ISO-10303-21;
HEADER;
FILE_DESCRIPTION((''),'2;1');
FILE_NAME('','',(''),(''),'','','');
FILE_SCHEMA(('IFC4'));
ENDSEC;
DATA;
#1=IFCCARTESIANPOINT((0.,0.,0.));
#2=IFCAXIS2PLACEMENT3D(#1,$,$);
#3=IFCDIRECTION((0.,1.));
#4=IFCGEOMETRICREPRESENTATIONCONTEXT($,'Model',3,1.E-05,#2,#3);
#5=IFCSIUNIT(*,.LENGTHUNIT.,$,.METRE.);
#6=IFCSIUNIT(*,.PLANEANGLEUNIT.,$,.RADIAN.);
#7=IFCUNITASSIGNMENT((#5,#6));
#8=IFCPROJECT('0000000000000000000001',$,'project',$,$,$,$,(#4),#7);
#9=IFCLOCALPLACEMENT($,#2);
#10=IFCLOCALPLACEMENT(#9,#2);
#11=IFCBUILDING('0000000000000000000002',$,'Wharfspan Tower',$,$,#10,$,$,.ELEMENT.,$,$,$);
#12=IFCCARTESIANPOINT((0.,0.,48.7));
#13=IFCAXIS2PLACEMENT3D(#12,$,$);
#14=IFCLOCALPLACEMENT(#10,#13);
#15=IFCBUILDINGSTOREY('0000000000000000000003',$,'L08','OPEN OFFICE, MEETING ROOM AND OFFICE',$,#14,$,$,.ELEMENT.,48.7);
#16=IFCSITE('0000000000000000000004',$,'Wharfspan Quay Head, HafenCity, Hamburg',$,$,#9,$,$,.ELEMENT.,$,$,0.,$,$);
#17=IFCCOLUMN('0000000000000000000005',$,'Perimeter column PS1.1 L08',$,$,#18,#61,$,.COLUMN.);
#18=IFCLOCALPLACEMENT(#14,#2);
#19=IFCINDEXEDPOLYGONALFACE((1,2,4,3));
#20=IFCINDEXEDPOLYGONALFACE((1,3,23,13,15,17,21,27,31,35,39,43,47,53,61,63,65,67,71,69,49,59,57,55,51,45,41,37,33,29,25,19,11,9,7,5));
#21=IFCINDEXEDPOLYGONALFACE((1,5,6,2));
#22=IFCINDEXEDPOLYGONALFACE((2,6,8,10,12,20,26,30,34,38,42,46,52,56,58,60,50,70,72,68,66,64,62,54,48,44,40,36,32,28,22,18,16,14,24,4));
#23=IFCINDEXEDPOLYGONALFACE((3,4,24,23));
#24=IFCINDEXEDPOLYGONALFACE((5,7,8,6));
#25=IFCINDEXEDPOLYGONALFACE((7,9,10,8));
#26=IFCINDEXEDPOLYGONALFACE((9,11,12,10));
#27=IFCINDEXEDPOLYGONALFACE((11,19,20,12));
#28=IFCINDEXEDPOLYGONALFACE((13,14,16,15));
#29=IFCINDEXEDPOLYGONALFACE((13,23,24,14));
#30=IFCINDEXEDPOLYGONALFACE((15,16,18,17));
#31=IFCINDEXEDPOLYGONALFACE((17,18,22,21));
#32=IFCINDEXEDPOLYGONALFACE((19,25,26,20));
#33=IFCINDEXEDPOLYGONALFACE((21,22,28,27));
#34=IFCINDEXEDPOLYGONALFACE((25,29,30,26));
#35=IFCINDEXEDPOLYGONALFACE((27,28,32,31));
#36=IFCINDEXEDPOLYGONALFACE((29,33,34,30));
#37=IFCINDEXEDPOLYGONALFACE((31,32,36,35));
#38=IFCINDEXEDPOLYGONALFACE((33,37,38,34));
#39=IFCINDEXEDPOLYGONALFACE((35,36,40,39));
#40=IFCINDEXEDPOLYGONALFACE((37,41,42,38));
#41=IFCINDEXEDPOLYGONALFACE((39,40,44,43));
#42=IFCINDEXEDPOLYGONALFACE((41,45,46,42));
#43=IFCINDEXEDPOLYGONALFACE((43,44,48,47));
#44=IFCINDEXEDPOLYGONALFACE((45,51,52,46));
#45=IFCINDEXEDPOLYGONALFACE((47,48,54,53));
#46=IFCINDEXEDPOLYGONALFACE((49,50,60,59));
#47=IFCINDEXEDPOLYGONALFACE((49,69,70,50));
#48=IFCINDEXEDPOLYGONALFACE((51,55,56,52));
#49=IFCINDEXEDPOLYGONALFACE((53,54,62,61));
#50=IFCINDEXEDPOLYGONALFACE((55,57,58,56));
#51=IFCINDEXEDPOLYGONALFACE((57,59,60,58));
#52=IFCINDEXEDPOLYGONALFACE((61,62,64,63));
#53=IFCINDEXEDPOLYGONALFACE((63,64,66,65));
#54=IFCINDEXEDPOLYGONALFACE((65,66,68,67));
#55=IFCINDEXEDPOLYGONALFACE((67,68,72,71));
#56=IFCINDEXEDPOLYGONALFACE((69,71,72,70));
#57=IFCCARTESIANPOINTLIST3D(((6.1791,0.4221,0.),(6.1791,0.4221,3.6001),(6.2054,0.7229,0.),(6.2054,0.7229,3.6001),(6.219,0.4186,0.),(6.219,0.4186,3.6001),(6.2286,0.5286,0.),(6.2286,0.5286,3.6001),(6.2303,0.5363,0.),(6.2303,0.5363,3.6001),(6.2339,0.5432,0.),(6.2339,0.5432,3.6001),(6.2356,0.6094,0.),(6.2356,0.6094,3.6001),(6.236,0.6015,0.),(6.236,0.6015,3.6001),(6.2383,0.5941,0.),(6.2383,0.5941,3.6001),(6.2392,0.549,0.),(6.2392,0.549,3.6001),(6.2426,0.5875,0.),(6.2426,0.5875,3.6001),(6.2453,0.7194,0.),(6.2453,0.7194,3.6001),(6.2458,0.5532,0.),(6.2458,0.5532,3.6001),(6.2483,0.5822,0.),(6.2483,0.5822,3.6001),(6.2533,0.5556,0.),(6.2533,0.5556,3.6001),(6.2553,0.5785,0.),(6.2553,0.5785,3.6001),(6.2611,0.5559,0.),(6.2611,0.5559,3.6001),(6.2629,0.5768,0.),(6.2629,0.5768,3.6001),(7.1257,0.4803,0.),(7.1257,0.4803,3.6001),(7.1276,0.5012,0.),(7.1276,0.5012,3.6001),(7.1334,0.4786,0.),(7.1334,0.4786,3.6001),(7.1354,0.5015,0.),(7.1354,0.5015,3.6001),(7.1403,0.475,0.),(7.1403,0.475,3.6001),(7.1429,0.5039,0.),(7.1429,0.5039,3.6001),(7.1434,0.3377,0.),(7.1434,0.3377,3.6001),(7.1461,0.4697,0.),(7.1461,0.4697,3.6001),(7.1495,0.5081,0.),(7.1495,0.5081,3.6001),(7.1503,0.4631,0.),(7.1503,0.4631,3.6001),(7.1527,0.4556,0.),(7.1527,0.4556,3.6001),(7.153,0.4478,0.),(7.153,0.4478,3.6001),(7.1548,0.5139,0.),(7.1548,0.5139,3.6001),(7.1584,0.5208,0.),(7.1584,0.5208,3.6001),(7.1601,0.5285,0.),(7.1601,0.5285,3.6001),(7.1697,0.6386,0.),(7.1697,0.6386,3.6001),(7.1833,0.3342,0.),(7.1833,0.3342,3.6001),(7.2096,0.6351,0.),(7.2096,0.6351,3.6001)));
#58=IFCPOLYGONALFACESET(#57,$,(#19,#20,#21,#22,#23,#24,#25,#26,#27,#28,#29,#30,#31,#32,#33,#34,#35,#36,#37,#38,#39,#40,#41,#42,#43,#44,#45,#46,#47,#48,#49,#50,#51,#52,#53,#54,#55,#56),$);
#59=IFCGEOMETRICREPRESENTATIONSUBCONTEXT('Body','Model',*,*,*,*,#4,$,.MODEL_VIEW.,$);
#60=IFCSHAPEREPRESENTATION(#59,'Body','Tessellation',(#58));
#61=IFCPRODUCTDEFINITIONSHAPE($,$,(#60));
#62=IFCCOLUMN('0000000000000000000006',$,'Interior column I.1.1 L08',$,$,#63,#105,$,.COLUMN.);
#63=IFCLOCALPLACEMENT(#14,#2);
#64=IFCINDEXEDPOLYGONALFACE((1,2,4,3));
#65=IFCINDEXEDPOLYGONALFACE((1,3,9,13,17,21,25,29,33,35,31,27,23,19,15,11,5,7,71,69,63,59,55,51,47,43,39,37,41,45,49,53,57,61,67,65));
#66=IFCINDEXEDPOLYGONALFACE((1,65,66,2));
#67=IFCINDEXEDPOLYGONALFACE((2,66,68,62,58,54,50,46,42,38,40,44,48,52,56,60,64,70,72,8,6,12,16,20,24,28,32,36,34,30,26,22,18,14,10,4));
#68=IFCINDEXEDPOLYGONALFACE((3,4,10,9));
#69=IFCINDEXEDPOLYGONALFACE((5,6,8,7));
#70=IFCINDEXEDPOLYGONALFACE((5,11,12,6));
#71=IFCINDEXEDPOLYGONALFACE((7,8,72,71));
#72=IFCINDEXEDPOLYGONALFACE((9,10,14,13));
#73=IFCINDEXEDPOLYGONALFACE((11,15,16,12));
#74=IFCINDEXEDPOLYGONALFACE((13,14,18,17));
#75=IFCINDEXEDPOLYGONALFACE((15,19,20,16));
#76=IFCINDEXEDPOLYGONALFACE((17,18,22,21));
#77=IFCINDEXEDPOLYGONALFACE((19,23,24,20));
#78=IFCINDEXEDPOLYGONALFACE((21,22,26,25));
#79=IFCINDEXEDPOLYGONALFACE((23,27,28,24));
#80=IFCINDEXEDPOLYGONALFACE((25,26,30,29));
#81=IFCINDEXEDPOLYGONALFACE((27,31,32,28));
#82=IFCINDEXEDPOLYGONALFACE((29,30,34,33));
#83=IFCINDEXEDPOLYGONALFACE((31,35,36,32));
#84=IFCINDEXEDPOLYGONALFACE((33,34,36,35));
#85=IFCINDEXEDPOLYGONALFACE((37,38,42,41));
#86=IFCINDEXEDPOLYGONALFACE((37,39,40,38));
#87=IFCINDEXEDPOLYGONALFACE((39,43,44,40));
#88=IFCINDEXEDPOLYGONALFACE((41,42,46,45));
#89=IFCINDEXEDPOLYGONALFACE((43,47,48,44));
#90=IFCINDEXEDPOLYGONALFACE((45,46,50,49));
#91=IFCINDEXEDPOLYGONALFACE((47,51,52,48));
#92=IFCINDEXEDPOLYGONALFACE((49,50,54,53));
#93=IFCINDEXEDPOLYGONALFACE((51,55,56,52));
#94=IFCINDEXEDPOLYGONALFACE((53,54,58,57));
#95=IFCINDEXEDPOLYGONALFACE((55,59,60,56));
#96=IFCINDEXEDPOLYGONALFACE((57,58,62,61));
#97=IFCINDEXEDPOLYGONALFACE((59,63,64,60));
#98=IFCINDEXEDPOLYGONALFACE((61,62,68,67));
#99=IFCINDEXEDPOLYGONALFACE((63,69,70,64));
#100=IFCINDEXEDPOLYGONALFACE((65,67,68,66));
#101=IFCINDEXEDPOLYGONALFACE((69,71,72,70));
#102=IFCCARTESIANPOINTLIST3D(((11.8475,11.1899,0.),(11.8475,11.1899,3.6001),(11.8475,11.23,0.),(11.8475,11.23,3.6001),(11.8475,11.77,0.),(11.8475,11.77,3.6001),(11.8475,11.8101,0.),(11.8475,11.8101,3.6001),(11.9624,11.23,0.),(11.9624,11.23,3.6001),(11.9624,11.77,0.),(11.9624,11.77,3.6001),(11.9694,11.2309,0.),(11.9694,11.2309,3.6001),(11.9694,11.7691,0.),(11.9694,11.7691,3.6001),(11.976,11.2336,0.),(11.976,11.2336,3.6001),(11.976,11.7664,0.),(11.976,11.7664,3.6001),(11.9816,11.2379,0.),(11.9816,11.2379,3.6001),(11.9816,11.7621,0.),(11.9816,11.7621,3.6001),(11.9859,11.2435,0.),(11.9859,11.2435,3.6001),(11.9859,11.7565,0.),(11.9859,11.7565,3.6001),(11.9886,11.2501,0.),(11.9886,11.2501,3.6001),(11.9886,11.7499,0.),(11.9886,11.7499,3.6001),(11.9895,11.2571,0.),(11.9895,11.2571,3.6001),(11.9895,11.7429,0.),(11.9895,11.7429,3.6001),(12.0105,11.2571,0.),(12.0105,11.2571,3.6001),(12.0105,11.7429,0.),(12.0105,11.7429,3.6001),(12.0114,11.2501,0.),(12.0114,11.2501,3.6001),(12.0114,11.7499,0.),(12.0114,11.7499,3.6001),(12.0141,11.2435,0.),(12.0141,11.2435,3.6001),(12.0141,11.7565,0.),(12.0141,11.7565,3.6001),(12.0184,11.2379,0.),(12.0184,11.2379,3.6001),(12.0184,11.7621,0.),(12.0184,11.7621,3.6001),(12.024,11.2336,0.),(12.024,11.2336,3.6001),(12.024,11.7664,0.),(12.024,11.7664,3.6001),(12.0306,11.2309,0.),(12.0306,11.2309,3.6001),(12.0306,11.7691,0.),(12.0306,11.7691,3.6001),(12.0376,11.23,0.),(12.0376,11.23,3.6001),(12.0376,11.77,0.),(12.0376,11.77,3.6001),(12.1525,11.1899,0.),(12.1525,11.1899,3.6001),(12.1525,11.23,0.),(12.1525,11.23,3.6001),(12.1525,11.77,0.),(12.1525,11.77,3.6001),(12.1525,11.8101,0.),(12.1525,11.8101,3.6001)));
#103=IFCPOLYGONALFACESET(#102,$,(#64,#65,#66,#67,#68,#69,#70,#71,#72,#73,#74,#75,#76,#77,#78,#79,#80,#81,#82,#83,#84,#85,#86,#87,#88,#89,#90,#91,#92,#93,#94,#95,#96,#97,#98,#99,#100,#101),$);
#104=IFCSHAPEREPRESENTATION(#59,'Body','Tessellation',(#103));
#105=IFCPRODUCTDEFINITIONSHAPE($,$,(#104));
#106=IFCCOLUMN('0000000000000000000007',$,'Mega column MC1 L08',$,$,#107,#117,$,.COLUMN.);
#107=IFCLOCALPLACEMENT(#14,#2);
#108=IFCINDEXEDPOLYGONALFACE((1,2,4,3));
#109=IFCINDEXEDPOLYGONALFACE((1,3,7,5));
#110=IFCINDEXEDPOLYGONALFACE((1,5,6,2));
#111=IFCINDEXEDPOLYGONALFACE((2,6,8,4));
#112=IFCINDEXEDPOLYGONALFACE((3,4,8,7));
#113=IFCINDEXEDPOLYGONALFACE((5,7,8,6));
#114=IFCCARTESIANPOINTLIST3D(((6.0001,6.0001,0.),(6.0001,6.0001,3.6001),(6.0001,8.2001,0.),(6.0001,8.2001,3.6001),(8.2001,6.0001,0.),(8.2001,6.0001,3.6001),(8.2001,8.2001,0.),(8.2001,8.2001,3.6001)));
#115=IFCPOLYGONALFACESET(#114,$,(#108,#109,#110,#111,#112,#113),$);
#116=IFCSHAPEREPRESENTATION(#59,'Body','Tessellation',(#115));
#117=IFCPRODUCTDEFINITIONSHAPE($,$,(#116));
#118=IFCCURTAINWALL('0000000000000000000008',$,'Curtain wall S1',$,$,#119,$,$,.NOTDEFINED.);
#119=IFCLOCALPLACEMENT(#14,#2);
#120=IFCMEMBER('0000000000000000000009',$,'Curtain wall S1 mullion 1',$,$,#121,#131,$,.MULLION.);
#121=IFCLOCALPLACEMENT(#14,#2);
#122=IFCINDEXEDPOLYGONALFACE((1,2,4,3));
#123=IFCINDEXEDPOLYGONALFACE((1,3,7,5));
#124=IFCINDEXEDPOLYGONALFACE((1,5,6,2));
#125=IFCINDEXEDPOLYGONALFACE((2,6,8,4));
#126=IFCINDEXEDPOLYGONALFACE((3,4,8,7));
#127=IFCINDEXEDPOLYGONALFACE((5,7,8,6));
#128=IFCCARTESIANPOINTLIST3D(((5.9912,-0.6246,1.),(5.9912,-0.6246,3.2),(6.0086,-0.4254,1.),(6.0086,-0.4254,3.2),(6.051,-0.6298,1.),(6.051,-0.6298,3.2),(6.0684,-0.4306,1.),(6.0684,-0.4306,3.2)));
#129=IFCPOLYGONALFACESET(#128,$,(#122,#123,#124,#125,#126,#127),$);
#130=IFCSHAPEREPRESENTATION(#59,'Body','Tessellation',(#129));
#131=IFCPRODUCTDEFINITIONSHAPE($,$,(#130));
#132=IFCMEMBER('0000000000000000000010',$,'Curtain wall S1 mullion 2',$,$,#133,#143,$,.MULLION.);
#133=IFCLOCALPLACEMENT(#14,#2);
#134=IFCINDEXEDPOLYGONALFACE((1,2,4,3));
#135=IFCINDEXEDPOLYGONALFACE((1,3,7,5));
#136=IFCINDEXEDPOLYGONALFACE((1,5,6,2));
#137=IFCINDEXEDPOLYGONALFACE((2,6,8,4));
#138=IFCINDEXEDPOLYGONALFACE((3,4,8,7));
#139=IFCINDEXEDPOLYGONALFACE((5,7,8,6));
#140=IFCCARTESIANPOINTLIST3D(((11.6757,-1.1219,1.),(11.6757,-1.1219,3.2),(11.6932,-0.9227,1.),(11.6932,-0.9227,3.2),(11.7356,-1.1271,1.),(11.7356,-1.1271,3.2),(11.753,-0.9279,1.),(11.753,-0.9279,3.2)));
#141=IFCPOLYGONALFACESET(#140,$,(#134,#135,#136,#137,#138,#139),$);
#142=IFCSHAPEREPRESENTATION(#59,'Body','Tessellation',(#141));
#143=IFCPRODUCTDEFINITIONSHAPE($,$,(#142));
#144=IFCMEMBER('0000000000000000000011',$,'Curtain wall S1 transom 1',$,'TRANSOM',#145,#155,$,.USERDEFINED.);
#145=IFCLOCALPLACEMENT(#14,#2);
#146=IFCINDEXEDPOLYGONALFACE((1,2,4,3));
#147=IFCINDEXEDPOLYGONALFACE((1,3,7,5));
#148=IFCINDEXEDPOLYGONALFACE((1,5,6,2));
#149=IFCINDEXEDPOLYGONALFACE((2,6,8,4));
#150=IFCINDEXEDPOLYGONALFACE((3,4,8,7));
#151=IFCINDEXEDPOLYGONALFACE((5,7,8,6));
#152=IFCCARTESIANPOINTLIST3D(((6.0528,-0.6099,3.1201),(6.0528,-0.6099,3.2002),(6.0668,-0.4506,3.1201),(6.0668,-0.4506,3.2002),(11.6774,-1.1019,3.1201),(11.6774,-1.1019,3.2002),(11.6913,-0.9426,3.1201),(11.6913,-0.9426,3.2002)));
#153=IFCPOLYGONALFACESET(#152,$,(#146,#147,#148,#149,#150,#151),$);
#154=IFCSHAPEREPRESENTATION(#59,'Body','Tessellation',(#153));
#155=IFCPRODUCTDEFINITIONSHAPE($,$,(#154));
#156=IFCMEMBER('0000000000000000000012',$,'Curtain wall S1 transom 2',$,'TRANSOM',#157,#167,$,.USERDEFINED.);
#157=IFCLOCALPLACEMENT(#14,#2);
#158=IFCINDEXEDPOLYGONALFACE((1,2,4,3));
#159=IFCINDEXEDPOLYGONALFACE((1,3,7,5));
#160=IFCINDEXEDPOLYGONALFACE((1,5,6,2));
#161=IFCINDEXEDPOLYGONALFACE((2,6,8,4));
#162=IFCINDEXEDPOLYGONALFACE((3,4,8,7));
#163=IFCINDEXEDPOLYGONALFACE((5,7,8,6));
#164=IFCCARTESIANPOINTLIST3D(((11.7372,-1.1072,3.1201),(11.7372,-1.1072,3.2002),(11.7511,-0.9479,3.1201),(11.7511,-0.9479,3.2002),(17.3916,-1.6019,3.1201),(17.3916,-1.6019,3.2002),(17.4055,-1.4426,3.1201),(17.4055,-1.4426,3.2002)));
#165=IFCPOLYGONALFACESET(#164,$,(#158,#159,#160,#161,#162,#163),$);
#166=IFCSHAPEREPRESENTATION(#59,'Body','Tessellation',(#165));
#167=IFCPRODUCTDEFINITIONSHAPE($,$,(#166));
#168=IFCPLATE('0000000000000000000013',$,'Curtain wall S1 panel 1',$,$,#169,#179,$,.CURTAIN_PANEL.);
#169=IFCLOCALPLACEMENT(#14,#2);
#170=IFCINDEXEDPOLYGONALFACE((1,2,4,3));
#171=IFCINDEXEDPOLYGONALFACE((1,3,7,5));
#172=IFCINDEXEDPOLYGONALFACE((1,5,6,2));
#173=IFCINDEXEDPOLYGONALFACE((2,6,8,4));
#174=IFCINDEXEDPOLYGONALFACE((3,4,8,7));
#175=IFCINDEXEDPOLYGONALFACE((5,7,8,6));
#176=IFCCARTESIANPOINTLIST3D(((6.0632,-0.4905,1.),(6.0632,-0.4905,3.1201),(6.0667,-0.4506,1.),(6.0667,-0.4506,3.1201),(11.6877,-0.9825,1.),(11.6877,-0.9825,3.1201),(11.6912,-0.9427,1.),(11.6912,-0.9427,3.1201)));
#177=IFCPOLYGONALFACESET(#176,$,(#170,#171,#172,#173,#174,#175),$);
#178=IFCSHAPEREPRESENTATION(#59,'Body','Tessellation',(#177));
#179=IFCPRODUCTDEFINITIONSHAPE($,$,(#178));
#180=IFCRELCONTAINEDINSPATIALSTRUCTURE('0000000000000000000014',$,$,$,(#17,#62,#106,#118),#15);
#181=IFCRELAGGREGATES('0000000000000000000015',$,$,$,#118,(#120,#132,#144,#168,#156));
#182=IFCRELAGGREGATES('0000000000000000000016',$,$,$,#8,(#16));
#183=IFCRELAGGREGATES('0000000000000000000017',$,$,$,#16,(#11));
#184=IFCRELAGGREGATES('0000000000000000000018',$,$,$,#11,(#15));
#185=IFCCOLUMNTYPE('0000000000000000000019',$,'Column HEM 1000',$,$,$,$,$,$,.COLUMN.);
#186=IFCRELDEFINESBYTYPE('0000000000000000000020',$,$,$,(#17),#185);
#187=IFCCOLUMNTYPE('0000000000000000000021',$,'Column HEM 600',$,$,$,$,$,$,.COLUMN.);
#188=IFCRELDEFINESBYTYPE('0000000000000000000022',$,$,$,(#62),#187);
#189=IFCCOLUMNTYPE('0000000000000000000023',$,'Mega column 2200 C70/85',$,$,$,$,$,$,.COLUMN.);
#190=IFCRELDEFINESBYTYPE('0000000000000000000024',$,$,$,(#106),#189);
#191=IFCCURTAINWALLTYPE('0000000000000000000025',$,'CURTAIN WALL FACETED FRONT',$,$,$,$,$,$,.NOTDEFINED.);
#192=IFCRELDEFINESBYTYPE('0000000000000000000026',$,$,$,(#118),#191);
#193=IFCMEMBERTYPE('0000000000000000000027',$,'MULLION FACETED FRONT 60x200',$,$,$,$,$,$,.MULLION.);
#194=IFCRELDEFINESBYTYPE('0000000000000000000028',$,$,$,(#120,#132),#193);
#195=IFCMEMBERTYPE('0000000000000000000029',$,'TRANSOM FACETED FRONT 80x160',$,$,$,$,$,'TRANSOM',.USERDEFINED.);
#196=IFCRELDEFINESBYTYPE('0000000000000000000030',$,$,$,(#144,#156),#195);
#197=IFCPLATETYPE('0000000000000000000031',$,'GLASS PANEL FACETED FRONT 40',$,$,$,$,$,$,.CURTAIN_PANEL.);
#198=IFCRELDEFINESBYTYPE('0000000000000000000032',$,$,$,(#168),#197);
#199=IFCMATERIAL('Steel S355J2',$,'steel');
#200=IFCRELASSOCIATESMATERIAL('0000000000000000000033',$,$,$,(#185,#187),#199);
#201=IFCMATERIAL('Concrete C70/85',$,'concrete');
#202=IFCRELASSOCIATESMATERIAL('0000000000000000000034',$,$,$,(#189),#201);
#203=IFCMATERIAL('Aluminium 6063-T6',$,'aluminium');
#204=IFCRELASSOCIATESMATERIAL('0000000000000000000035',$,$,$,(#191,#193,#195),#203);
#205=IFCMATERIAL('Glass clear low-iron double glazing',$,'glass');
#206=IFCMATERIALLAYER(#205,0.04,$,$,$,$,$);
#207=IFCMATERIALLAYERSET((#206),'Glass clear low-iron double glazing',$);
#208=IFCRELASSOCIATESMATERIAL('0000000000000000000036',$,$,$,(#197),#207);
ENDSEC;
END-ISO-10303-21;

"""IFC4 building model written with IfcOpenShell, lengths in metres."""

from ifc_helpers import new_model, si_unit, direction, frame, origin, origin_2d, place, context, subcontext, project, spatial, rectangle, i_section, extrude, material, layer, layer_set, material_profile, profile_set, type_object, element, aggregate, save


model = new_model("IFC4")

# Units and contexts
model_context = context("Model", 3, precision=1e-05, world=origin(), true_north=direction((0.0, 1.0)))
body_context = subcontext(model_context, "Body", "Model", "MODEL_VIEW")
ifc_project = project(units=[si_unit("LENGTHUNIT", "METRE"), si_unit("PLANEANGLEUNIT", "RADIAN")], contexts=[model_context])

# Site, building, storey
site_placement = place(None, origin())
site = spatial("IfcSite", under=ifc_project, at=site_placement, Name="Wharfspan Quay Head, HafenCity, Hamburg", CompositionType="ELEMENT", RefElevation=0.0)
building_placement = place(site_placement, origin())
building = spatial("IfcBuilding", under=site, at=building_placement, Name="Wharfspan Tower", CompositionType="ELEMENT")
storey_placement = place(building_placement, frame((0.0, 0.0, 48.7)))
storey = spatial("IfcBuildingStorey", under=building, at=storey_placement, Name="L08", Description="OPEN OFFICE, MEETING ROOM AND OFFICE", CompositionType="ELEMENT", Elevation=48.7)

# Columns
ifc_material_1 = material(Name="Steel S355J2", Category="steel")
ifc_material_profile_1 = material_profile(ifc_material_1, i_section(OverallWidth=0.302, OverallDepth=1.0081, WebThickness=0.021, FlangeThickness=0.04, FilletRadius=0.03, at=origin_2d()))
ifc_profile_set_1 = profile_set([ifc_material_profile_1], Name="Steel S355J2")
column_type_1 = type_object("IfcColumnType", Name="Column HEM 1000", PredefinedType="COLUMN", material=ifc_profile_set_1)
column_1_placement = place(storey_placement, frame((6.6943, 0.5286, 0.0), z_axis=(0.0, 0.0, 1.0), x_axis=(-0.087156, -0.996198, 0.0)))
element("IfcColumn", 1, at=column_1_placement, inside=storey, type_object=column_type_1, Name="Perimeter column PS1.1 L08", PredefinedType="COLUMN", context=body_context, shape_type="SweptSolid", body=[
    extrude(i_section(OverallWidth=0.302, OverallDepth=1.0081, WebThickness=0.021, FlangeThickness=0.04, FilletRadius=0.03, at=origin_2d()), origin(), (0.0, 0.0, 1.0), 3.6001),
])
ifc_material_profile_2 = material_profile(ifc_material_1, i_section(OverallWidth=0.3049, OverallDepth=0.6201, WebThickness=0.021, FlangeThickness=0.04, FilletRadius=0.0271, at=origin_2d()))
ifc_profile_set_2 = profile_set([ifc_material_profile_2], Name="Steel S355J2")
column_type_2 = type_object("IfcColumnType", Name="Column HEM 600", PredefinedType="COLUMN", material=ifc_profile_set_2)
column_2_placement = place(storey_placement, frame((12.0, 11.5, 0.0), z_axis=(0.0, 0.0, 1.0), x_axis=(1.0, 0.0, 0.0)))
element("IfcColumn", 2, at=column_2_placement, inside=storey, type_object=column_type_2, Name="Interior column I.1.1 L08", PredefinedType="COLUMN", context=body_context, shape_type="SweptSolid", body=[
    extrude(i_section(OverallWidth=0.3049, OverallDepth=0.6201, WebThickness=0.021, FlangeThickness=0.04, FilletRadius=0.0271, at=origin_2d()), origin(), (0.0, 0.0, 1.0), 3.6001),
])
ifc_material_2 = material(Name="Concrete C70/85", Category="concrete")
ifc_material_profile_3 = material_profile(ifc_material_2, rectangle(XDim=2.2, YDim=2.2, at=origin_2d()))
ifc_profile_set_3 = profile_set([ifc_material_profile_3], Name="Concrete C70/85")
column_type_3 = type_object("IfcColumnType", Name="Mega column 2200 C70/85", PredefinedType="COLUMN", material=ifc_profile_set_3)
column_3_placement = place(storey_placement, frame((7.1001, 7.1001, 0.0), z_axis=(0.0, 0.0, 1.0), x_axis=(1.0, 0.0, 0.0)))
element("IfcColumn", 3, at=column_3_placement, inside=storey, type_object=column_type_3, Name="Mega column MC1 L08", PredefinedType="COLUMN", context=body_context, shape_type="SweptSolid", body=[
    extrude(rectangle(XDim=2.2, YDim=2.2, at=origin_2d()), origin(), (0.0, 0.0, 1.0), 3.6001),
])

# Curtain wall, members, plate
ifc_material_3 = material(Name="Aluminium 6063-T6", Category="aluminium")
curtain_wall_type_1 = type_object("IfcCurtainWallType", Name="CURTAIN WALL FACETED FRONT", PredefinedType="NOTDEFINED", material=ifc_material_3)
curtain_wall_1_placement = place(storey_placement, origin())
curtain_wall_1 = element("IfcCurtainWall", 4, at=curtain_wall_1_placement, inside=storey, type_object=curtain_wall_type_1, Name="Curtain wall S1", PredefinedType="NOTDEFINED")
ifc_material_profile_4 = material_profile(ifc_material_3, rectangle(XDim=0.2, YDim=0.0601, at=origin_2d()))
ifc_profile_set_4 = profile_set([ifc_material_profile_4], Name="Aluminium 6063-T6")
member_type_1 = type_object("IfcMemberType", Name="MULLION FACETED FRONT 60x200", PredefinedType="MULLION", material=ifc_profile_set_4)
member_1_placement = place(storey_placement, frame((6.0298, -0.5276, 1.0), z_axis=(0.0, 0.0, 1.0), x_axis=(0.087156, 0.996197, 0.0)))
member_1 = element("IfcMember", 5, at=member_1_placement, type_object=member_type_1, Name="Curtain wall S1 mullion 1", PredefinedType="MULLION", context=body_context, shape_type="SweptSolid", body=[
    extrude(rectangle(XDim=0.2, YDim=0.0601, at=origin_2d()), origin(), (0.0, 0.0, 1.0), 2.2),
])
member_2_placement = place(storey_placement, frame((11.7144, -1.0249, 1.0), z_axis=(0.0, 0.0, 1.0), x_axis=(0.087156, 0.996197, 0.0)))
member_2 = element("IfcMember", 6, at=member_2_placement, type_object=member_type_1, Name="Curtain wall S1 mullion 2", PredefinedType="MULLION", context=body_context, shape_type="SweptSolid", body=[
    extrude(rectangle(XDim=0.2, YDim=0.0601, at=origin_2d()), origin(), (0.0, 0.0, 1.0), 2.2),
])
ifc_material_profile_5 = material_profile(ifc_material_3, rectangle(XDim=0.1599, YDim=0.0801, at=origin_2d()))
ifc_profile_set_5 = profile_set([ifc_material_profile_5], Name="Aluminium 6063-T6")
member_type_2 = type_object("IfcMemberType", Name="TRANSOM FACETED FRONT 80x160", ElementType="TRANSOM", PredefinedType="USERDEFINED", material=ifc_profile_set_5)
member_3_placement = place(storey_placement, frame((6.0598, -0.5303, 3.1602), z_axis=(0.996197, -0.087132, 0.0), x_axis=(0.087132, 0.996197, 0.0)))
member_3 = element("IfcMember", 7, at=member_3_placement, type_object=member_type_2, Name="Curtain wall S1 transom 1", ObjectType="TRANSOM", PredefinedType="USERDEFINED", context=body_context, shape_type="SweptSolid", body=[
    extrude(rectangle(XDim=0.1599, YDim=0.0801, at=origin_2d()), origin(), (0.0, 0.0, 1.0), 5.646),
])
member_4_placement = place(storey_placement, frame((11.7441, -1.0276, 3.1602), z_axis=(0.996196, -0.087142, 0.0), x_axis=(0.087142, 0.996196, 0.0)))
member_4 = element("IfcMember", 8, at=member_4_placement, type_object=member_type_2, Name="Curtain wall S1 transom 2", ObjectType="TRANSOM", PredefinedType="USERDEFINED", context=body_context, shape_type="SweptSolid", body=[
    extrude(rectangle(XDim=0.1599, YDim=0.0801, at=origin_2d()), origin(), (0.0, 0.0, 1.0), 5.676),
])
ifc_material_4 = material(Name="Glass clear low-iron double glazing", Category="glass")
ifc_layer_1 = layer(ifc_material_4, 0.04)
ifc_layer_set_1 = layer_set([ifc_layer_1], Name="Glass clear low-iron double glazing")
plate_type_1 = type_object("IfcPlateType", Name="GLASS PANEL FACETED FRONT 40", PredefinedType="CURTAIN_PANEL", material=ifc_layer_set_1)
plate_1_placement = place(storey_placement, frame((8.8772, -0.7166, 1.0), z_axis=(0.0, 0.0, 1.0), x_axis=(0.996197, -0.087156, 0.0)))
plate_1 = element("IfcPlate", 9, at=plate_1_placement, type_object=plate_type_1, Name="Curtain wall S1 panel 1", PredefinedType="CURTAIN_PANEL", context=body_context, shape_type="SweptSolid", body=[
    extrude(rectangle(XDim=5.646, YDim=0.04, at=origin_2d()), origin(), (0.0, 0.0, 1.0), 2.1201),
])
aggregate(curtain_wall_1, [member_1, member_2, member_3, plate_1, member_4])

save(model, "model.ifc")
